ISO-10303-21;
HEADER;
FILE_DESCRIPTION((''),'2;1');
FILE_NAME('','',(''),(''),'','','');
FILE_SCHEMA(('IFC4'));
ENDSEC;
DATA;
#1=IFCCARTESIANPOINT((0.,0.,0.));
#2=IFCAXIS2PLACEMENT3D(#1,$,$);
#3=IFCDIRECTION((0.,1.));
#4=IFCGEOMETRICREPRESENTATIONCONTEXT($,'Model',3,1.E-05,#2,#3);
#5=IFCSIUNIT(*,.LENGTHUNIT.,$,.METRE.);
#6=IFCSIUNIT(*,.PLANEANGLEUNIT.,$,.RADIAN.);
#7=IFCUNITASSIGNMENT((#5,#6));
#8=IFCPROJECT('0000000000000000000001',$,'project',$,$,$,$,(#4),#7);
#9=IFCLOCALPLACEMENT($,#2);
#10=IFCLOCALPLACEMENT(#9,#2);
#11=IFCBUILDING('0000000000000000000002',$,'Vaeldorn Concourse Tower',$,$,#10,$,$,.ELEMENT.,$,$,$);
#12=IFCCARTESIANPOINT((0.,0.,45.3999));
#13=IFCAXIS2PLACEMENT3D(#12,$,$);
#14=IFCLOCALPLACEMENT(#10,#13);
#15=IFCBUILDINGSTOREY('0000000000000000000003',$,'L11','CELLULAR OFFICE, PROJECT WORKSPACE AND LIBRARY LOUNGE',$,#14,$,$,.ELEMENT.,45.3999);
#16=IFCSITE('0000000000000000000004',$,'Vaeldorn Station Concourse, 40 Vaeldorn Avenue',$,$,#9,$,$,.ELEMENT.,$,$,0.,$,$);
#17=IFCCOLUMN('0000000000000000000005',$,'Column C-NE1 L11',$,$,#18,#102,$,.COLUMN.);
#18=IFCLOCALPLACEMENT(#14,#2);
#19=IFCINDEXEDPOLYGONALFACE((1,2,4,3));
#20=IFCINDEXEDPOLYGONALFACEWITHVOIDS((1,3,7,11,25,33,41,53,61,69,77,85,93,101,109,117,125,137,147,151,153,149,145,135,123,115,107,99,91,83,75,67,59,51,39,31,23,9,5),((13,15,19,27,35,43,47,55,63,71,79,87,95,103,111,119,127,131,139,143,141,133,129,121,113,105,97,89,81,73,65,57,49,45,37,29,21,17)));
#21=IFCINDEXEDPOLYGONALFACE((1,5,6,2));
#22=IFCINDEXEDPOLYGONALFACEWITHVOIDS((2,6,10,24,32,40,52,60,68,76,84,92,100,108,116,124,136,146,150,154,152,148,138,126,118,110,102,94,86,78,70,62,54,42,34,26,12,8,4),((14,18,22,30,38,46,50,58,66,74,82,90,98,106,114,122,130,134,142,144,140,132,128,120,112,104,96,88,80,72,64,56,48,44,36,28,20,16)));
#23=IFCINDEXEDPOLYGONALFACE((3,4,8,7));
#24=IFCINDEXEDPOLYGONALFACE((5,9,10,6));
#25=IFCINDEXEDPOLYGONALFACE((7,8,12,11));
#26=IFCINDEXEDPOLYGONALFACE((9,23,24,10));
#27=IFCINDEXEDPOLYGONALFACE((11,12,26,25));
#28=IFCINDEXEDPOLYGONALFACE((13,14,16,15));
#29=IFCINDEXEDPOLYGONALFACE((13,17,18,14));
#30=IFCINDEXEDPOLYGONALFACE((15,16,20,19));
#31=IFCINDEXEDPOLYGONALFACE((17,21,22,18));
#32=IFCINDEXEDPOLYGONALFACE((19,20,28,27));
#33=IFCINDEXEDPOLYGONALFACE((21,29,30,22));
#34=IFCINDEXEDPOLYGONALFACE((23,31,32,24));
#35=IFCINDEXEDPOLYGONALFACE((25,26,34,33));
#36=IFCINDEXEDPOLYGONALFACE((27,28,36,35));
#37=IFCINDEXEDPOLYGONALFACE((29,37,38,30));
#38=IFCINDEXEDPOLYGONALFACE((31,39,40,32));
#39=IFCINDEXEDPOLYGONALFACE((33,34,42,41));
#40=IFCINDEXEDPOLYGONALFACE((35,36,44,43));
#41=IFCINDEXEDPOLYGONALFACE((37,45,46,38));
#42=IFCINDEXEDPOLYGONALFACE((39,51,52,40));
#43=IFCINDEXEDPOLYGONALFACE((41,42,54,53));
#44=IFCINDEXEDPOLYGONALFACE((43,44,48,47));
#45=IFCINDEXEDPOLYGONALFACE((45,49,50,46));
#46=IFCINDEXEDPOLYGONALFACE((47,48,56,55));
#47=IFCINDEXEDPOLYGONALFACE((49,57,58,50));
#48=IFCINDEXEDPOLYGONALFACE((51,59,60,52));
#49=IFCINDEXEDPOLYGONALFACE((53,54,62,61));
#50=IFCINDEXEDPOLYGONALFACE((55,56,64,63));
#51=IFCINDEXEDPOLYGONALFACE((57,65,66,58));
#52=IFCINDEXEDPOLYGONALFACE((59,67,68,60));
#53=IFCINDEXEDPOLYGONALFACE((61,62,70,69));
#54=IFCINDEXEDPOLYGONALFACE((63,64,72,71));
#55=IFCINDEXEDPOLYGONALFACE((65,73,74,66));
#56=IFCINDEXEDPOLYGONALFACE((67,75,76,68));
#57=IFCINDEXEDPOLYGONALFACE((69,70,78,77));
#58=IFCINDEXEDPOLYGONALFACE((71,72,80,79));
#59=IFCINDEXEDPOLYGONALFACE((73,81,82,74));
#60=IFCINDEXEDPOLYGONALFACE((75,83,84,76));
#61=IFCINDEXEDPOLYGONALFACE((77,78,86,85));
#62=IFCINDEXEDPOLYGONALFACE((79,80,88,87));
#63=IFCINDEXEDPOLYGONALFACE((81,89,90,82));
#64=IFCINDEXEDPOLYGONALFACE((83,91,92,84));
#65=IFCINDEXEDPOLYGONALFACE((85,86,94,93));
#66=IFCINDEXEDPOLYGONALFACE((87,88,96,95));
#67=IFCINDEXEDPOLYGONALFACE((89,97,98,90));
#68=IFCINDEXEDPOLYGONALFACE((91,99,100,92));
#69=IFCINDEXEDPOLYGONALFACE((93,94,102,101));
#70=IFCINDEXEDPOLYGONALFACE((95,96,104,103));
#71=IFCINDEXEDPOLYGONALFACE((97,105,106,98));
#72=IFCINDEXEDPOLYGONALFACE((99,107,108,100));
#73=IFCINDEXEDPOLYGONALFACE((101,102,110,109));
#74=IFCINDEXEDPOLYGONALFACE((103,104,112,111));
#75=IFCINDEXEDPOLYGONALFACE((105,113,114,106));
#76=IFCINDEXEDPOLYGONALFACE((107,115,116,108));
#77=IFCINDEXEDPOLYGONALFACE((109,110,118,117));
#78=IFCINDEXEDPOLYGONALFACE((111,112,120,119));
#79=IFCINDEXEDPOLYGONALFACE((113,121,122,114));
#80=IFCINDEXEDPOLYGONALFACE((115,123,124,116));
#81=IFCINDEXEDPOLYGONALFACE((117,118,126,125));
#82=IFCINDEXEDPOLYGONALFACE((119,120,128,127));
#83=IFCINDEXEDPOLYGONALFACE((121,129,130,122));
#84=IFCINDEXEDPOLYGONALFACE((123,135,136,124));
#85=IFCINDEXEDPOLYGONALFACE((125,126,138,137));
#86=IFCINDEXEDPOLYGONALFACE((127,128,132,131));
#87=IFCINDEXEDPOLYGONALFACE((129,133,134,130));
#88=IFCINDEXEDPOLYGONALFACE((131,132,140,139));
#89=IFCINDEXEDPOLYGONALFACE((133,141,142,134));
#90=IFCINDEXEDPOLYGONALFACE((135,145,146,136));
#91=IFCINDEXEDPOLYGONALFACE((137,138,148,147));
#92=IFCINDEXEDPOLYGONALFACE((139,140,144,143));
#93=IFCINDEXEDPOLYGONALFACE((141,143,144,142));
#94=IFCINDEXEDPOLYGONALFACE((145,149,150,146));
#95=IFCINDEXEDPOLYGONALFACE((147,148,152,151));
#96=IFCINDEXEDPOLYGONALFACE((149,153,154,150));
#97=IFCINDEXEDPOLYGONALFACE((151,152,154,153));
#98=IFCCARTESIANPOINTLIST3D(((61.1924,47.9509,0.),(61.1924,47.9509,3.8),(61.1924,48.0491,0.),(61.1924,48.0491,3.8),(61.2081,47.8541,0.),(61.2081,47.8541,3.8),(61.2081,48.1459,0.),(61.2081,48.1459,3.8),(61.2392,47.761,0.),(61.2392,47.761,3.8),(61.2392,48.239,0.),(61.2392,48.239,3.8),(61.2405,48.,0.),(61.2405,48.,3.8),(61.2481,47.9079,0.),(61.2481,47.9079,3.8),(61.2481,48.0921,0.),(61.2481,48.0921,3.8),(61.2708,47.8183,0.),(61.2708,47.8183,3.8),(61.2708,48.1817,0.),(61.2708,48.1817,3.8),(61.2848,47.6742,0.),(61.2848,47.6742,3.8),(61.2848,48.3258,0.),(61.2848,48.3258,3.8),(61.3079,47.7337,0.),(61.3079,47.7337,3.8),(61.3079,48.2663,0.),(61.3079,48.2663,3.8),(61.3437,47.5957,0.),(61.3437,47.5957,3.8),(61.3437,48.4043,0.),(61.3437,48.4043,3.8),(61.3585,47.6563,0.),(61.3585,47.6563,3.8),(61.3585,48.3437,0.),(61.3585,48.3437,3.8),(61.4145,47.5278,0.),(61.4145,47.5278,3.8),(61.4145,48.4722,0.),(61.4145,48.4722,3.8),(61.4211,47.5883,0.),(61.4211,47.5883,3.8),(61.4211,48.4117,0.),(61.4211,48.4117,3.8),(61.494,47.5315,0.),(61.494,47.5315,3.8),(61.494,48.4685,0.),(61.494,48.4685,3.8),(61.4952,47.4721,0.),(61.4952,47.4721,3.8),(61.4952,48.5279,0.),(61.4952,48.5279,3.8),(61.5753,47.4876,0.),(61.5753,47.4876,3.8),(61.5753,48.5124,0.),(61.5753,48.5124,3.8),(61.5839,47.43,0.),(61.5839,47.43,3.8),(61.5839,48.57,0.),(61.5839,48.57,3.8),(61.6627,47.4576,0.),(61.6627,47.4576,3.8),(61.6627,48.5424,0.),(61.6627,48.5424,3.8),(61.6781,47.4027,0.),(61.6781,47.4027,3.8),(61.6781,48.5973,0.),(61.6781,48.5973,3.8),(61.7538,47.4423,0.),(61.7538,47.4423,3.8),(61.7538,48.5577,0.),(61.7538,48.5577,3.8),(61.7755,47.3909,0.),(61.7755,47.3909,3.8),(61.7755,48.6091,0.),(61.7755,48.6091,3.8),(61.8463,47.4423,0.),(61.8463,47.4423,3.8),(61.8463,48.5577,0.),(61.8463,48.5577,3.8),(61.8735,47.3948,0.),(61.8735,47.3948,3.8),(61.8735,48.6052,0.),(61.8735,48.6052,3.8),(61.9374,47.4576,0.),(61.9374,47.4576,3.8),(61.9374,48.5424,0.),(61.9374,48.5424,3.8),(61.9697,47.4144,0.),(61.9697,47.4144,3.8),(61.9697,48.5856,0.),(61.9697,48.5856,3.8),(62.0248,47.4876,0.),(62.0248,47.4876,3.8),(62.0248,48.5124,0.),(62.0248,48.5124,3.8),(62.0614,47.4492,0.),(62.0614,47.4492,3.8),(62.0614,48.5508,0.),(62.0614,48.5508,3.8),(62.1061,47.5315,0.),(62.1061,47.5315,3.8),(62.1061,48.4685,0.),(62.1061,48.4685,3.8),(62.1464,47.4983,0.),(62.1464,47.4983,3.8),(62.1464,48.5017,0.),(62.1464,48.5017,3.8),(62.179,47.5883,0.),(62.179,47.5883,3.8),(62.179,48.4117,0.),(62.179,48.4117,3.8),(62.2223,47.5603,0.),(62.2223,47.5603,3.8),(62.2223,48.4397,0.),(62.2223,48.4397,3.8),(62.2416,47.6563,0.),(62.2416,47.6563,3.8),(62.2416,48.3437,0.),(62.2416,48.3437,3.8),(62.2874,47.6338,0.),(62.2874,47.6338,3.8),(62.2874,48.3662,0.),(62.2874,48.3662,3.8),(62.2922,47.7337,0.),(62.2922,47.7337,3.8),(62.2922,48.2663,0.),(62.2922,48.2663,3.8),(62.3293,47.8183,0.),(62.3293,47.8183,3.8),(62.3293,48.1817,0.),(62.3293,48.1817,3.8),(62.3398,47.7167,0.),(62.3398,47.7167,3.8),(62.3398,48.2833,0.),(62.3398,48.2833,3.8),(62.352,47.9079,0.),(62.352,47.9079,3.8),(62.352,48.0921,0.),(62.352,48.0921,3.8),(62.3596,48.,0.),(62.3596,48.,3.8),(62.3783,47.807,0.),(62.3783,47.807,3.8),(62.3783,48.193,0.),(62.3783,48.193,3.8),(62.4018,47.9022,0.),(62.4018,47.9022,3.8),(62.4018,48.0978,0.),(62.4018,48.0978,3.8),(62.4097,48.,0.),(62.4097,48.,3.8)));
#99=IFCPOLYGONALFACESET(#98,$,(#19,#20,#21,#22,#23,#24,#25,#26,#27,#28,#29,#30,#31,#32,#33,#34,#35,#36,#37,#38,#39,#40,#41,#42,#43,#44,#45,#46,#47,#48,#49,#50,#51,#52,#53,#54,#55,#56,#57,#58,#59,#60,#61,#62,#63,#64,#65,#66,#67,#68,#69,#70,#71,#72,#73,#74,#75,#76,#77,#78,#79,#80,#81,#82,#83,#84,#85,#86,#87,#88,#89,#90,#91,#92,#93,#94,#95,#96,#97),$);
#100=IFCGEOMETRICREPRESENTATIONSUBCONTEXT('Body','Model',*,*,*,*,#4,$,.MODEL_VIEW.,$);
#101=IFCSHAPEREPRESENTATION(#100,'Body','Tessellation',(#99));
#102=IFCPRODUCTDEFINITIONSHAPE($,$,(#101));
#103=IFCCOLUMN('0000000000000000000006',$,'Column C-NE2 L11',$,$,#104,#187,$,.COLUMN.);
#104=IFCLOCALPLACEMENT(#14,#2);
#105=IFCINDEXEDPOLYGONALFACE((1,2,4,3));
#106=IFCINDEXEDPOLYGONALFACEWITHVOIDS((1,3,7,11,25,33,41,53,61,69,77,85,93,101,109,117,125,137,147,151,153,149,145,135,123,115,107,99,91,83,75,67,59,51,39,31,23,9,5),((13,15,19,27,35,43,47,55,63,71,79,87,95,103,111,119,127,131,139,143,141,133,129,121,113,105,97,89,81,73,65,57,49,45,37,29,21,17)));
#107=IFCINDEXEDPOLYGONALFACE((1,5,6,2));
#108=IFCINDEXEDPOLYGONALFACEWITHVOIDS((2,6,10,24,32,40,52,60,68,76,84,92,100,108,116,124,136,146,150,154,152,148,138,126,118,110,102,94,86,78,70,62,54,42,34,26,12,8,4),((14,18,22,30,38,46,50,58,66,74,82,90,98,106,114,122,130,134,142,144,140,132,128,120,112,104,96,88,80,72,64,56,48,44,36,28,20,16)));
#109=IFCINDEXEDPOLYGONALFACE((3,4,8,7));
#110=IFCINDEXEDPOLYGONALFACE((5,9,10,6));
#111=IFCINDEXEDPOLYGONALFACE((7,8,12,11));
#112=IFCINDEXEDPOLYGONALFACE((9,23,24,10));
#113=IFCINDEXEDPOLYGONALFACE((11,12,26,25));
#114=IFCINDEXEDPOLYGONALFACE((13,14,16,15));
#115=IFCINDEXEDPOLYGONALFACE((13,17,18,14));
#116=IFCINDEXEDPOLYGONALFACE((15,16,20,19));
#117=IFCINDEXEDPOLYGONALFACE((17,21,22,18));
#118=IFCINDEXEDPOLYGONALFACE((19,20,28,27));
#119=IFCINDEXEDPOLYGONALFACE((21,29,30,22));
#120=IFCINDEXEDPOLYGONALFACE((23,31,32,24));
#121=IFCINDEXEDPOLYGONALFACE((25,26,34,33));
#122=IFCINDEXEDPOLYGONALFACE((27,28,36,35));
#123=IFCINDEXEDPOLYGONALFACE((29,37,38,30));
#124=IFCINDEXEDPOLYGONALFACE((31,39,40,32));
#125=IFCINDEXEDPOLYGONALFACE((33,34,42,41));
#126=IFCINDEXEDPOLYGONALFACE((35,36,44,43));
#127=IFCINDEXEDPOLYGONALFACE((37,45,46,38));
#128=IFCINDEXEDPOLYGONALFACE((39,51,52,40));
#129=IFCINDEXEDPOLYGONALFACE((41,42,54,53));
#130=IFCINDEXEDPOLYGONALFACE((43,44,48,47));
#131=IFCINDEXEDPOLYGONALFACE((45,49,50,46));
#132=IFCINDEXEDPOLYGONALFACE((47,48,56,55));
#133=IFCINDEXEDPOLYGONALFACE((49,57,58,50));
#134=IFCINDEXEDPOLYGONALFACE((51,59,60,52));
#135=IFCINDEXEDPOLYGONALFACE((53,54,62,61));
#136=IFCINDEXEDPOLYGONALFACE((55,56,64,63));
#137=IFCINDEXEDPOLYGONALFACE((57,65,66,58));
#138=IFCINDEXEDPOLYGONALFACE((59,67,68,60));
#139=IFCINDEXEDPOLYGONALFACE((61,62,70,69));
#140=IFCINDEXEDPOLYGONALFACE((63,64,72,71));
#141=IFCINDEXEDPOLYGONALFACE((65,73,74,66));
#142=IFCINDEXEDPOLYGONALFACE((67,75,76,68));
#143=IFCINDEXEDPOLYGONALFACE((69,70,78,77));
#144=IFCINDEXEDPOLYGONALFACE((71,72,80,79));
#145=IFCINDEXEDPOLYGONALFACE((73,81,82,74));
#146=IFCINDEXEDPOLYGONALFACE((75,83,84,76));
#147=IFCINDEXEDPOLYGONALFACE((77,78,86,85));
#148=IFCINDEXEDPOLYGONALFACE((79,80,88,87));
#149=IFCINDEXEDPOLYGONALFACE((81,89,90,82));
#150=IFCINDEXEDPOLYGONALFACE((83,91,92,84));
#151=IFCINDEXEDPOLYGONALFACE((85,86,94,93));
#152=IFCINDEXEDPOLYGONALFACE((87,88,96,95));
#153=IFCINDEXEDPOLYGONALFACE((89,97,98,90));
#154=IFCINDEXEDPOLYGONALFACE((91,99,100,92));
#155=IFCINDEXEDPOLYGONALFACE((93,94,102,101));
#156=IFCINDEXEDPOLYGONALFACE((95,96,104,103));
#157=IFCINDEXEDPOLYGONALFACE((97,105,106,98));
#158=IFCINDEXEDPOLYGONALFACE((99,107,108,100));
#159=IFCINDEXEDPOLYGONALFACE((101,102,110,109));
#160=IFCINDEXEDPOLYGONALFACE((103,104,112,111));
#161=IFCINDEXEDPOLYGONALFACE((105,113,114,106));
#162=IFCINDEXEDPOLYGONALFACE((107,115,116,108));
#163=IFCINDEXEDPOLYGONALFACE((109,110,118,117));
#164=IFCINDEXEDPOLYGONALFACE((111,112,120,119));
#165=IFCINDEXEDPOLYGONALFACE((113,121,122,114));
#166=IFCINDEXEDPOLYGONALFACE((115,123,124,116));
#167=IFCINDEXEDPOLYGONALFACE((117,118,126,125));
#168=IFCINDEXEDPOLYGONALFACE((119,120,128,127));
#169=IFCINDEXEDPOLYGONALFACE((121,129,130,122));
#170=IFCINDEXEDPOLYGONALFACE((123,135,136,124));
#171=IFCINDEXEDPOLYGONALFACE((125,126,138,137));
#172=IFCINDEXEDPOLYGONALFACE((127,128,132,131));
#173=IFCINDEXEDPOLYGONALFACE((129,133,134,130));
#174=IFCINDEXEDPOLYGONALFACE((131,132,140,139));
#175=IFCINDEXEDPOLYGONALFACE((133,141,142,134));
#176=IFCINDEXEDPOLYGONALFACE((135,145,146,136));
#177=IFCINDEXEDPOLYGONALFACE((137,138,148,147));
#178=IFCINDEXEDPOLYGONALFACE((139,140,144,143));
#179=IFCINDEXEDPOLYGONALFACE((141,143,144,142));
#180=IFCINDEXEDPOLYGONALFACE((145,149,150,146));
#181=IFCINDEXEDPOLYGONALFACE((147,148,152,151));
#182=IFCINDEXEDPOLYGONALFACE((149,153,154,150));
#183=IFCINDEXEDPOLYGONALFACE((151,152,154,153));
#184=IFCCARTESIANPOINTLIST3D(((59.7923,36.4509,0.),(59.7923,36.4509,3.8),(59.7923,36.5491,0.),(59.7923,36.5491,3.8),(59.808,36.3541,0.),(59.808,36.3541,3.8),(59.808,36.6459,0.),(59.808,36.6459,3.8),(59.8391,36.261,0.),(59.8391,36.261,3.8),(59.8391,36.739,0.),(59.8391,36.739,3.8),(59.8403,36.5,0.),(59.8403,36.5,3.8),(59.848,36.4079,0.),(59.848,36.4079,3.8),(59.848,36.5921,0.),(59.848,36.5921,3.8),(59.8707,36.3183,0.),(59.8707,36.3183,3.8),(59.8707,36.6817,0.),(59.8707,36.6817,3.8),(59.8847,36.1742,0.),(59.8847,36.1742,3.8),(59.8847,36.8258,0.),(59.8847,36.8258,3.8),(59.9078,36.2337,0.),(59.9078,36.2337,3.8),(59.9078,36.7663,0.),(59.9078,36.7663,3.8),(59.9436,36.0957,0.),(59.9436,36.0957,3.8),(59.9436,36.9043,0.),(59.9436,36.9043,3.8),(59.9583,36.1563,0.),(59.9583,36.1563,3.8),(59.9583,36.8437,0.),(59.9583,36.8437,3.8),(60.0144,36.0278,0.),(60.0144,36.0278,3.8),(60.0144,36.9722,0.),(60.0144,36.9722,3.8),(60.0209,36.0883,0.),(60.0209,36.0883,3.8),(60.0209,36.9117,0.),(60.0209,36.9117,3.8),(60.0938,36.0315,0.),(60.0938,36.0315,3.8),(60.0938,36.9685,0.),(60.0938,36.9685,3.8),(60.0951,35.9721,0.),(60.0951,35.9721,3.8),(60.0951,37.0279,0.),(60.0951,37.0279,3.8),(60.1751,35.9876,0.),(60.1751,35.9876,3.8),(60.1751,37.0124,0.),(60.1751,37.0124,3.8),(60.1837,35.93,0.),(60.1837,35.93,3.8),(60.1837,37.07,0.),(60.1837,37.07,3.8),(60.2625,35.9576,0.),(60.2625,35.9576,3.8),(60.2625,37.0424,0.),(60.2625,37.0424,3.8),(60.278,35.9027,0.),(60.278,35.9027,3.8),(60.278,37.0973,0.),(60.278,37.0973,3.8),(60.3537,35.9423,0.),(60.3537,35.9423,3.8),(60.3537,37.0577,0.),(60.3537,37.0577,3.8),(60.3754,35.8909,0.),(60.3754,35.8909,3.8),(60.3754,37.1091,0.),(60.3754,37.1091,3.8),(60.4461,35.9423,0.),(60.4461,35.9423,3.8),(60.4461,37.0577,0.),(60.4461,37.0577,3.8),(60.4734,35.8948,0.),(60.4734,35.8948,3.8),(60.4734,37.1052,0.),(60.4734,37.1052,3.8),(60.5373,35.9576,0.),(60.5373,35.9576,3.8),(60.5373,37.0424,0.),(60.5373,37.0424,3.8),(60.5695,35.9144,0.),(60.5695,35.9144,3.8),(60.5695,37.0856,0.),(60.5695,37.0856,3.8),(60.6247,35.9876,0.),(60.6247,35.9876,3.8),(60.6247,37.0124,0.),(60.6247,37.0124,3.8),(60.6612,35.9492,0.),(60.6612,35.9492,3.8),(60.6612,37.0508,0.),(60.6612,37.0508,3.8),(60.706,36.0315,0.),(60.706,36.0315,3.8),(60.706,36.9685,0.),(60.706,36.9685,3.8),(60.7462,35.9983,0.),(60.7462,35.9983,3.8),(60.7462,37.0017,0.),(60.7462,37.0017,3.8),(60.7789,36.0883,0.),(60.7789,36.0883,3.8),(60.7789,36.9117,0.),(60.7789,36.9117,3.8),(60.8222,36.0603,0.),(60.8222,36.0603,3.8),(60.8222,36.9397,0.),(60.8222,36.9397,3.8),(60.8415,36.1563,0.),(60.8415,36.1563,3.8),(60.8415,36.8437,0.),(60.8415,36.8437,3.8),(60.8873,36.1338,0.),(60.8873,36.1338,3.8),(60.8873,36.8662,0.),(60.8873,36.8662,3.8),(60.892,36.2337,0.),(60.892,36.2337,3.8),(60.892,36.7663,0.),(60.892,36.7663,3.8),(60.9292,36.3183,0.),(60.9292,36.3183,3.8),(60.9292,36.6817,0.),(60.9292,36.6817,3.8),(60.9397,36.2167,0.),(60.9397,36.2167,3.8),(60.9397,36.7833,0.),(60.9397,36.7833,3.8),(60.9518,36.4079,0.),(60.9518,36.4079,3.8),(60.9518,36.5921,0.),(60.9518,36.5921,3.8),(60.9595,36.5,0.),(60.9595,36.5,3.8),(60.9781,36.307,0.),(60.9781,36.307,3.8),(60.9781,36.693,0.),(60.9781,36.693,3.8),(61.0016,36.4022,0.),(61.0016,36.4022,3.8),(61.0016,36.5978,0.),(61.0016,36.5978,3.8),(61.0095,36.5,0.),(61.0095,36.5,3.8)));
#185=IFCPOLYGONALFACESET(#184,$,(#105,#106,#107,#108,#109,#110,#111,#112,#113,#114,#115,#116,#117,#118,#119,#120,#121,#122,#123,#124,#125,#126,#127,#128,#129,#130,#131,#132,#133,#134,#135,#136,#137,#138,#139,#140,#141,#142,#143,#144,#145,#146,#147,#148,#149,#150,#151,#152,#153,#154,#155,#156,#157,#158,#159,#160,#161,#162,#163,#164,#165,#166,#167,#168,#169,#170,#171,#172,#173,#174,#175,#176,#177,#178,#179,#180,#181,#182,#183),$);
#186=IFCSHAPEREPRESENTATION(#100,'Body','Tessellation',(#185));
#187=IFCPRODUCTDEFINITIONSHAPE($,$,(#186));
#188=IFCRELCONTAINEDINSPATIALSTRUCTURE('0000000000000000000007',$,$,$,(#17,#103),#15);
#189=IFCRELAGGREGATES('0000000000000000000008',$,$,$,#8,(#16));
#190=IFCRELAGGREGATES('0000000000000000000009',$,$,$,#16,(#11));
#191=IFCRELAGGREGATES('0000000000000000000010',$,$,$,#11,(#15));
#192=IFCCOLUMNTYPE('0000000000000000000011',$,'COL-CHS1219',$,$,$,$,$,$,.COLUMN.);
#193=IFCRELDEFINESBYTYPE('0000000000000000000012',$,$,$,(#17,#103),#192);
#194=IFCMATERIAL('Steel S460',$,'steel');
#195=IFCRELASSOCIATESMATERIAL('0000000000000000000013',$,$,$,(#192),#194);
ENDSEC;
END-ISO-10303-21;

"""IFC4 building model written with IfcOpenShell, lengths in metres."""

from ifc_helpers import new_model, si_unit, direction, frame, origin, origin_2d, place, context, subcontext, project, spatial, hollow_circle, extrude, source, transform, mapped, material, material_profile, profile_set, type_object, element, save


model = new_model("IFC4")

# Units and contexts
model_context = context("Model", 3, precision=1e-05, world=origin(), true_north=direction((0.0, 1.0)))
body_context = subcontext(model_context, "Body", "Model", "MODEL_VIEW")
ifc_project = project(units=[si_unit("LENGTHUNIT", "METRE"), si_unit("PLANEANGLEUNIT", "RADIAN")], contexts=[model_context])

# Site, building, storey
site_placement = place(None, origin())
site = spatial("IfcSite", under=ifc_project, at=site_placement, Name="Vaeldorn Station Concourse, 40 Vaeldorn Avenue", CompositionType="ELEMENT", RefElevation=0.0)
building_placement = place(site_placement, origin())
building = spatial("IfcBuilding", under=site, at=building_placement, Name="Vaeldorn Concourse Tower", CompositionType="ELEMENT")
storey_placement = place(building_placement, frame((0.0, 0.0, 45.3999)))
storey = spatial("IfcBuildingStorey", under=building, at=storey_placement, Name="L11", Description="CELLULAR OFFICE, PROJECT WORKSPACE AND LIBRARY LOUNGE", CompositionType="ELEMENT", Elevation=45.3999)

# Columns
ifc_material_1 = material(Name="Steel S460", Category="steel")
ifc_material_profile_1 = material_profile(ifc_material_1, hollow_circle(Radius=0.6096, WallThickness=0.05, at=origin_2d()), Name="CHS 1219x50")
ifc_profile_set_1 = profile_set([ifc_material_profile_1], Name="Steel S460")
column_type = type_object("IfcColumnType", Name="COL-CHS1219", PredefinedType="COLUMN", material=ifc_profile_set_1)
shared_shape_1 = source(origin(), body_context, "Body", "SweptSolid", [
    extrude(hollow_circle(Radius=0.6096, WallThickness=0.05, at=origin_2d()), origin(), (0.0, 0.0, 1.0), 3.8),
])
for number, where, z_axis, x_axis, name in (
    (1, (61.8, 48.0, 0.0), (0.0, 0.0, 1.0), (1.0, 0.0, 0.0), "Column C-NE1 L11"),
    (2, (60.3999, 36.5, 0.0), (0.0, 0.0, 1.0), (1.0, 0.0, 0.0), "Column C-NE2 L11"),
):
    element("IfcColumn", number, at=place(storey_placement, frame(where, z_axis=z_axis, x_axis=x_axis)), inside=storey, type_object=column_type, Name=name, PredefinedType="COLUMN", context=body_context, shape_type="MappedRepresentation", body=[
        mapped(shared_shape_1, transform((0.0, 0.0, 0.0), scale=1.0)),
    ])

save(model, "model.ifc")
